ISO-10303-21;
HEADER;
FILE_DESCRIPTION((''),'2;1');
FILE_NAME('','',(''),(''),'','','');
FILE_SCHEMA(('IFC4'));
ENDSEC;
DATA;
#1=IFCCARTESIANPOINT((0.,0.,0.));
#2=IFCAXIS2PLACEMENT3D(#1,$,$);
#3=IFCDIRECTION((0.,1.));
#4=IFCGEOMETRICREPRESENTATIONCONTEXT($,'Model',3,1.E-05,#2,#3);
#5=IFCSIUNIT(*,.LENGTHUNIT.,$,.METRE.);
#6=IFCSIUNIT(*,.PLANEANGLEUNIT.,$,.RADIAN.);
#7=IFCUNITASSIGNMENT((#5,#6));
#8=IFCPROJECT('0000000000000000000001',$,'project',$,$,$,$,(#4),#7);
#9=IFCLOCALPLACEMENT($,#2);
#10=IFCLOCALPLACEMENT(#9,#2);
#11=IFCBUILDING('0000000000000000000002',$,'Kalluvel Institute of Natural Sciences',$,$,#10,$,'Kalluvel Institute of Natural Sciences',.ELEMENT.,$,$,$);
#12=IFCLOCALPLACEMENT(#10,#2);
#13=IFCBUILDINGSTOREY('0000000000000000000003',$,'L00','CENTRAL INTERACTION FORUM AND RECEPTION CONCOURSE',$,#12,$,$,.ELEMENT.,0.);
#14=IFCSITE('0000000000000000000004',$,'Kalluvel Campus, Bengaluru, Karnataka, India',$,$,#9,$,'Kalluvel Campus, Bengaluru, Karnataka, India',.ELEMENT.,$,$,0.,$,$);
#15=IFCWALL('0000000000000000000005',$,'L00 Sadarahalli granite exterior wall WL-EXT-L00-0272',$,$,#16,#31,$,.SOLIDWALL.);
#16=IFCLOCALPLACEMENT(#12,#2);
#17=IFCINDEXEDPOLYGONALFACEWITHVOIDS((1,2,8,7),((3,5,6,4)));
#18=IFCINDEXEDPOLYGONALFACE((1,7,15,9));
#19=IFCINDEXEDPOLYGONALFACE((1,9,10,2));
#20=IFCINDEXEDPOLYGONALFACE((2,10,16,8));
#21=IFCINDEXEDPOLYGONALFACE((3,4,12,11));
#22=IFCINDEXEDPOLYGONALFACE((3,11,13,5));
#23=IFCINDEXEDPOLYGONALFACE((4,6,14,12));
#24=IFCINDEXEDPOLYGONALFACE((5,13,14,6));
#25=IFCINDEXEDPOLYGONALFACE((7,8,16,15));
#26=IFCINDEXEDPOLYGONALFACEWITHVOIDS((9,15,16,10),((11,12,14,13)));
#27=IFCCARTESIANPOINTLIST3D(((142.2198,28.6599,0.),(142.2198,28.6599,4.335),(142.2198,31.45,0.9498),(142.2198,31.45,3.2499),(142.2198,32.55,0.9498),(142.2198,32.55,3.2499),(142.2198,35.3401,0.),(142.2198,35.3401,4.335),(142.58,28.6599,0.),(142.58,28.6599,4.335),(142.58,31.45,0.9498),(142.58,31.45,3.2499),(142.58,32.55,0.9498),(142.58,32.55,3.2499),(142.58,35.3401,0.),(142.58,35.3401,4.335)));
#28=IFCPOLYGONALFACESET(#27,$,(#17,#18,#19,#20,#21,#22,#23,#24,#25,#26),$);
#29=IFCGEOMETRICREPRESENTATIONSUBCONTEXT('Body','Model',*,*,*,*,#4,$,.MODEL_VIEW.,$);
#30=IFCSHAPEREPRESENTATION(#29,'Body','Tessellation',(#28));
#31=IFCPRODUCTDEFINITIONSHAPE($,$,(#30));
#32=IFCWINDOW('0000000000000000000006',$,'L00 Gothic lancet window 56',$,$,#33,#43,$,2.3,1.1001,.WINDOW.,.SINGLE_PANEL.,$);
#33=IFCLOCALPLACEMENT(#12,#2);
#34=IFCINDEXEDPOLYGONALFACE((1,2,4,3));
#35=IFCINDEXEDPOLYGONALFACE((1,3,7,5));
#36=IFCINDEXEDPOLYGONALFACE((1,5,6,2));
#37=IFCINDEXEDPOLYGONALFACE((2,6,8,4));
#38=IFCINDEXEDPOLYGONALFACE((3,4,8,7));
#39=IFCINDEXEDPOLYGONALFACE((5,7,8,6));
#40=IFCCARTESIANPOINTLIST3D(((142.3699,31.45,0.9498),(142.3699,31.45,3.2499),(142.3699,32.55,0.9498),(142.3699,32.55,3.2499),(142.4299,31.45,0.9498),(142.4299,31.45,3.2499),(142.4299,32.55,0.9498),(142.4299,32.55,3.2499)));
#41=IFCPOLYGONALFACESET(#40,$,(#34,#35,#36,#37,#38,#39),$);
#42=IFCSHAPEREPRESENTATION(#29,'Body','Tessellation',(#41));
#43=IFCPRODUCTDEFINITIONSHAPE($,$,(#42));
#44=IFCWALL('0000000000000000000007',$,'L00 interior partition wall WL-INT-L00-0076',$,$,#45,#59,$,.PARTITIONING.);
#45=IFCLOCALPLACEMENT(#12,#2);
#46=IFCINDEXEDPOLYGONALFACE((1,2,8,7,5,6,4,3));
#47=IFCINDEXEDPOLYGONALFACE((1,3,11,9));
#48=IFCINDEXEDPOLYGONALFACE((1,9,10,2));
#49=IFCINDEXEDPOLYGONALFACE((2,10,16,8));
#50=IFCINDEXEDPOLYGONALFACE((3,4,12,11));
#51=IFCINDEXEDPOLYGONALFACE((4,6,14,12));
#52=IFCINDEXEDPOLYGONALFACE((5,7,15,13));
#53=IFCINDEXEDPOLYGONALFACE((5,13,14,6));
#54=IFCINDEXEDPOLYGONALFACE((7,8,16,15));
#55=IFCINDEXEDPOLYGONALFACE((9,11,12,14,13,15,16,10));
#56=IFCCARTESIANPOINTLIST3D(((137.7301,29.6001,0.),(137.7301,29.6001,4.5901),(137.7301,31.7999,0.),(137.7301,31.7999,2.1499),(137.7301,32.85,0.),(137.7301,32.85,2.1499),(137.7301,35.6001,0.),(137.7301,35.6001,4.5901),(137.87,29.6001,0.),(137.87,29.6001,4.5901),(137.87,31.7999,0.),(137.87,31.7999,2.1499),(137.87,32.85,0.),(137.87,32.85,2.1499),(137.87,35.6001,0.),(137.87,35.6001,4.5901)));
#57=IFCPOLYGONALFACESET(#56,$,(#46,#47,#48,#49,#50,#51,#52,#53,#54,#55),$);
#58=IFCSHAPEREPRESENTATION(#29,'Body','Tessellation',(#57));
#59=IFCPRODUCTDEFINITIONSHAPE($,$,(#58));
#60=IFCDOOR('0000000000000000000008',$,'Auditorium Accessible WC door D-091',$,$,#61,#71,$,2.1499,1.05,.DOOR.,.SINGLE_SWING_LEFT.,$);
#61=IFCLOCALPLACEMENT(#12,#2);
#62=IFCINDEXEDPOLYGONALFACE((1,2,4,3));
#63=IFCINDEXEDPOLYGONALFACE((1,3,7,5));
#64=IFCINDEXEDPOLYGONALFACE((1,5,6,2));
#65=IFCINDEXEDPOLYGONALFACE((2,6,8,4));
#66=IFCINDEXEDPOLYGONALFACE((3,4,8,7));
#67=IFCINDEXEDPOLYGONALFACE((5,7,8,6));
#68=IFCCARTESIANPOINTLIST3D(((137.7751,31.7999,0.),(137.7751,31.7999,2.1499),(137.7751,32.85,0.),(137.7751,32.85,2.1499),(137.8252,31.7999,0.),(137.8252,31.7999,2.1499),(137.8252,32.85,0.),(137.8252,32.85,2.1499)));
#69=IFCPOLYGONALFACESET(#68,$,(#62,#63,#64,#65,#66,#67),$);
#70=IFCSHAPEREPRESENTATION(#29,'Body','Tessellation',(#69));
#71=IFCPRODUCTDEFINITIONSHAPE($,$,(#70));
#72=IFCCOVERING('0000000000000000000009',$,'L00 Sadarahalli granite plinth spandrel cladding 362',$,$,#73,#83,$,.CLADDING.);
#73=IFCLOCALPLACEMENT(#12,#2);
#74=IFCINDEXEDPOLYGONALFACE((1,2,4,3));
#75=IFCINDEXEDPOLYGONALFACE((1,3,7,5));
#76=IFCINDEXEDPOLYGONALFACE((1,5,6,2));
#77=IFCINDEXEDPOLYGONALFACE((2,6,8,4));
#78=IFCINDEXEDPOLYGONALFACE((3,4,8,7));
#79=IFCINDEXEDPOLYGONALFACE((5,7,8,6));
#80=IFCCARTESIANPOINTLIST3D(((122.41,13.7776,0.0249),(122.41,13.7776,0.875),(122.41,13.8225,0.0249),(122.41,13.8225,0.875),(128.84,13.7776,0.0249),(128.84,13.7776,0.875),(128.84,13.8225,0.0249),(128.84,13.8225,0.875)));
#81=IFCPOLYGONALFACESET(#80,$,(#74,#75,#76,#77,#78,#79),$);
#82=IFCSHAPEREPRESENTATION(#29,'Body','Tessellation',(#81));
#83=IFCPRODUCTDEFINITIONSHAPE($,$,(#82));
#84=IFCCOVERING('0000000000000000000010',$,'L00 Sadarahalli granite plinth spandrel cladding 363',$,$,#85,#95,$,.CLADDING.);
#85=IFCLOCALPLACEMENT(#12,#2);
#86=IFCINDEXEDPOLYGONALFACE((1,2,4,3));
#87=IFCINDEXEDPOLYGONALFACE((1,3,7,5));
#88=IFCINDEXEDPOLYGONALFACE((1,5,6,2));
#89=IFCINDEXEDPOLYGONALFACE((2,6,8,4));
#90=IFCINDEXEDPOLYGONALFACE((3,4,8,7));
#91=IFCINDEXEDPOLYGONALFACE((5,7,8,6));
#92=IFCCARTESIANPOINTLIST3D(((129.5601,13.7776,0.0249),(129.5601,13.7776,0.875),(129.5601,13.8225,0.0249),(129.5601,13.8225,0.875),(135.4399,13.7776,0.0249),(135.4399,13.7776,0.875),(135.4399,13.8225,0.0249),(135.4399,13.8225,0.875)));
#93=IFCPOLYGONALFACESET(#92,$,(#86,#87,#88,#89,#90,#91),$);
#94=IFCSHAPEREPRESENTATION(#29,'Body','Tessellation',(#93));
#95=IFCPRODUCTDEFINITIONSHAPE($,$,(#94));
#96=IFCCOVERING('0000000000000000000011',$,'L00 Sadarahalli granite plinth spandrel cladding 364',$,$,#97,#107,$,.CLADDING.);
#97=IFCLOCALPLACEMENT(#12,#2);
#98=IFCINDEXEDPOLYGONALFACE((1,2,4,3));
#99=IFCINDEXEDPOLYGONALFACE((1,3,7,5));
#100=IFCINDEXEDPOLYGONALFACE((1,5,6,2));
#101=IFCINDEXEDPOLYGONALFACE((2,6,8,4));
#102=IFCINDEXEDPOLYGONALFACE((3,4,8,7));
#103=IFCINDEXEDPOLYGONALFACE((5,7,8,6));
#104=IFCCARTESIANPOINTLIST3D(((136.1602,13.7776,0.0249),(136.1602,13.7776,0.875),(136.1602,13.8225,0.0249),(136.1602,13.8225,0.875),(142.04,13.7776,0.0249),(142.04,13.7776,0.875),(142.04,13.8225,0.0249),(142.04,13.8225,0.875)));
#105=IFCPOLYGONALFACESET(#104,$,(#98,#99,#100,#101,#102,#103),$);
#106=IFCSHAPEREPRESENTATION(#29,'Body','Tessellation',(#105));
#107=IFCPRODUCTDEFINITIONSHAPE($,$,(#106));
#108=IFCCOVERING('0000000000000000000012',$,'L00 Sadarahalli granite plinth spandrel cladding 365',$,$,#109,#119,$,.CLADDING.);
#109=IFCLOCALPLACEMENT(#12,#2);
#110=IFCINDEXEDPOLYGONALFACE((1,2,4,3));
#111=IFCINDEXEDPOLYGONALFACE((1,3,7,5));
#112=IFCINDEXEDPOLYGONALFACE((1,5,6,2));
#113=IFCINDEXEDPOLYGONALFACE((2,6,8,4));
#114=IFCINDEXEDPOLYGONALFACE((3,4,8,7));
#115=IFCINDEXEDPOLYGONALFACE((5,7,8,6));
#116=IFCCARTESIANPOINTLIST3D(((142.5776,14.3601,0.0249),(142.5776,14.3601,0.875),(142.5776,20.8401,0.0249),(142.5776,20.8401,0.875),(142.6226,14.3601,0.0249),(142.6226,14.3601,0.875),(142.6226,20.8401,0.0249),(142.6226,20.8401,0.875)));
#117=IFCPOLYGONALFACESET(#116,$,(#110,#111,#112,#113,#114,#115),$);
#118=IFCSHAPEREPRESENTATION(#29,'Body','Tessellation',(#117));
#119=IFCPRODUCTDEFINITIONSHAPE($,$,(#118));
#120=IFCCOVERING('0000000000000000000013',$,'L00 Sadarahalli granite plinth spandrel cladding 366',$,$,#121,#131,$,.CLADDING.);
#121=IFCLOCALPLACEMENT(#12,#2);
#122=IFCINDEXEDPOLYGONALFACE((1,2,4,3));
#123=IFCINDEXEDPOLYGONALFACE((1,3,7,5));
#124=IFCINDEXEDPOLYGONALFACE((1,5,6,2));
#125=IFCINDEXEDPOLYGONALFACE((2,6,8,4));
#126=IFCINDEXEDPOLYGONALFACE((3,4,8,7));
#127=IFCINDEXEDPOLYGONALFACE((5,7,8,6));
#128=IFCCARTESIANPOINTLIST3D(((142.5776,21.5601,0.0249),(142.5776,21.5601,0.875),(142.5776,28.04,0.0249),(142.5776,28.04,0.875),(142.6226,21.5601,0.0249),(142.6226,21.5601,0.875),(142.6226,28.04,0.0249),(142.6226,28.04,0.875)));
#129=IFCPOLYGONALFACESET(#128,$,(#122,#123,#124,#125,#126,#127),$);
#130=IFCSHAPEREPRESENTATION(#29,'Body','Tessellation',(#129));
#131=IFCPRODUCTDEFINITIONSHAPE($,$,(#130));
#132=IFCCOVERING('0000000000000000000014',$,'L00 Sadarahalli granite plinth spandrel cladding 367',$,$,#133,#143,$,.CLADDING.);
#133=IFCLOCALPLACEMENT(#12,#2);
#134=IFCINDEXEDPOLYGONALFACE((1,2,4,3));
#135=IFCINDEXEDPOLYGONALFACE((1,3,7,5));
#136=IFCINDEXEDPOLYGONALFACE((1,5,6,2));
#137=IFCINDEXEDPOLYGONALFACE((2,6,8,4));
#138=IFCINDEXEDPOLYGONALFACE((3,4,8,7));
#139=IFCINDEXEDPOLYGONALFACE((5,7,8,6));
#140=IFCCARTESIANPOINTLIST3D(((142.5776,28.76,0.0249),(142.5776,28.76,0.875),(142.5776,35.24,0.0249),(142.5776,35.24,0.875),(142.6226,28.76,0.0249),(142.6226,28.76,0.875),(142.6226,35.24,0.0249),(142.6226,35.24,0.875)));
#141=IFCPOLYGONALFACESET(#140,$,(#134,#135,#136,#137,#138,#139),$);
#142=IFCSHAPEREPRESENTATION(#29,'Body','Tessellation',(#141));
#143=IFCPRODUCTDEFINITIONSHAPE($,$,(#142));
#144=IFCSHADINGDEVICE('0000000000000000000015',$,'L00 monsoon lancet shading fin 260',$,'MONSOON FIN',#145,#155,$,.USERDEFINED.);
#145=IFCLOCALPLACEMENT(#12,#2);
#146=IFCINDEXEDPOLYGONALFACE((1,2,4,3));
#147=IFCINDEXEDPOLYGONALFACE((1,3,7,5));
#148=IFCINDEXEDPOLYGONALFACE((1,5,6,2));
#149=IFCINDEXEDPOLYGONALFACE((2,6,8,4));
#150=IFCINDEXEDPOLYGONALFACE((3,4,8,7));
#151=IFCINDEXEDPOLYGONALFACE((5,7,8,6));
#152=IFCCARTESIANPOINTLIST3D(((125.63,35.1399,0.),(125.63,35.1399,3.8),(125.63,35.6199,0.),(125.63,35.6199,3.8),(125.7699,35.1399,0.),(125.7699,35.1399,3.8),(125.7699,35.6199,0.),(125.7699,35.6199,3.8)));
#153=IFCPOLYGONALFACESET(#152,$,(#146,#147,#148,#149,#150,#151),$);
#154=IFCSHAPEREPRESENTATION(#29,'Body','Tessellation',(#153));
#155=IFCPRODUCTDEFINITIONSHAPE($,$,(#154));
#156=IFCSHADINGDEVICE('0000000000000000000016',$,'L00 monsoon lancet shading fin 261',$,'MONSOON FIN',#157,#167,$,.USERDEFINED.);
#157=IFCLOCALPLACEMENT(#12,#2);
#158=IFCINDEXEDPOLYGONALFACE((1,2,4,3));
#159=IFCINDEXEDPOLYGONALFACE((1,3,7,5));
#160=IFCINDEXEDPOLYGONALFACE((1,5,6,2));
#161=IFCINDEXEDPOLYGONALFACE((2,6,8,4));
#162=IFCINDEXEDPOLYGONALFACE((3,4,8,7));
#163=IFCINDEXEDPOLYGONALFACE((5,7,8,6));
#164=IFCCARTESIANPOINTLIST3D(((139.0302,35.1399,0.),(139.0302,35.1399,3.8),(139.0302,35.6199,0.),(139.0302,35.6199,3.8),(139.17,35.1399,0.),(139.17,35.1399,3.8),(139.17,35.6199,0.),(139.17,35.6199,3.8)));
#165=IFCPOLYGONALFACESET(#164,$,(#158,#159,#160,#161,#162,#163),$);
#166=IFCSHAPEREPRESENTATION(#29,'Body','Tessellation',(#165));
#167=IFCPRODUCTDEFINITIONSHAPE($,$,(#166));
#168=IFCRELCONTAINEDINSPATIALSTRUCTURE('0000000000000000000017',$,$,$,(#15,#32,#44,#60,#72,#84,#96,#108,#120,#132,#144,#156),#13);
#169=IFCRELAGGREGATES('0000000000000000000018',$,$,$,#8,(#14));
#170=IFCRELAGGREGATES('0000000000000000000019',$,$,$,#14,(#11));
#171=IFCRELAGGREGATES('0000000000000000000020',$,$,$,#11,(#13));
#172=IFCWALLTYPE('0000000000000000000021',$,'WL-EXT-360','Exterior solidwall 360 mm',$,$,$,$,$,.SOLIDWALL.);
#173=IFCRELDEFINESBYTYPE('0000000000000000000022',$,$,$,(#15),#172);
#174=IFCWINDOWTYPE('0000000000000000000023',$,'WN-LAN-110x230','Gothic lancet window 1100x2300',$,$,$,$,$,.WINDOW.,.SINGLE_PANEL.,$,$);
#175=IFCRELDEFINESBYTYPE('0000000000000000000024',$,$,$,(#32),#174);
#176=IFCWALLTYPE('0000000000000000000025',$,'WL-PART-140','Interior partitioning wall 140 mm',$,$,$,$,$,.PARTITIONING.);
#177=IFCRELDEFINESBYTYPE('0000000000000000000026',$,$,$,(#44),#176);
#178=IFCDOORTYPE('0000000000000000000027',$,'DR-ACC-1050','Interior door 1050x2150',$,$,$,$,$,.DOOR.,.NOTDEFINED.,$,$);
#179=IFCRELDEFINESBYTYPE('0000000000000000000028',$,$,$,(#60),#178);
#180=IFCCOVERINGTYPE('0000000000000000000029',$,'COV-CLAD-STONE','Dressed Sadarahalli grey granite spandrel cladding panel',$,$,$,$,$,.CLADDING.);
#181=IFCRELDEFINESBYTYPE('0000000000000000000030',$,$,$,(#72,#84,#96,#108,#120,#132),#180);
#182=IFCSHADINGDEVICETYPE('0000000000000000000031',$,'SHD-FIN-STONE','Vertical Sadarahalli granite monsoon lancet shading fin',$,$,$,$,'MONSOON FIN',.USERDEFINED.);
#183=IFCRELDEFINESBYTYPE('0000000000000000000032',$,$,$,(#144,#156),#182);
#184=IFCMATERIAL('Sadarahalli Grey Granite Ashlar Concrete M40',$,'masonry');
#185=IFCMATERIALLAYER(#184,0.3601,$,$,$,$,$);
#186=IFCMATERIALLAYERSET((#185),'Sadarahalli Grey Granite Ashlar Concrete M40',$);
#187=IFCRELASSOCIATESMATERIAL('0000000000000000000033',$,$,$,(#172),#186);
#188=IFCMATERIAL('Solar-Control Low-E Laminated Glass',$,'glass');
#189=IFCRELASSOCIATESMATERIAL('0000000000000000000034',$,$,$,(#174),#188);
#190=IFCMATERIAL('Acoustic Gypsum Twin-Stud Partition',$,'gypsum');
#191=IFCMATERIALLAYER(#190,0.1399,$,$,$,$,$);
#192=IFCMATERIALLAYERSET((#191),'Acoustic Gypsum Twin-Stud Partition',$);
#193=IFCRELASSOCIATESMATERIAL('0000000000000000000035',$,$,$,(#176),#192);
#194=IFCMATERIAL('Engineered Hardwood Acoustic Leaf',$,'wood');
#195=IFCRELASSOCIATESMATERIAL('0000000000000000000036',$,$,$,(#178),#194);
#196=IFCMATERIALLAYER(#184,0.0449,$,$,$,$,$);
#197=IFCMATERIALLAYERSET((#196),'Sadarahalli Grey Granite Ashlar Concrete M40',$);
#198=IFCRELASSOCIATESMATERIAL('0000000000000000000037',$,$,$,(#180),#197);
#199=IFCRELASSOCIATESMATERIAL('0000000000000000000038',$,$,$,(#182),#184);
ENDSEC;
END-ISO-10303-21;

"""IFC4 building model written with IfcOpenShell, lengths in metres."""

from ifc_helpers import new_model, si_unit, direction, frame, frame_2d, origin, origin_2d, place, context, subcontext, project, spatial, rectangle, extrude, material, layer, layer_set, type_object, element, fill, save


model = new_model("IFC4")

# Units and contexts
model_context = context("Model", 3, precision=1e-05, world=origin(), true_north=direction((0.0, 1.0)))
body_context = subcontext(model_context, "Body", "Model", "MODEL_VIEW")
ifc_project = project(units=[si_unit("LENGTHUNIT", "METRE"), si_unit("PLANEANGLEUNIT", "RADIAN")], contexts=[model_context])

# Site, building, storey
site_placement = place(None, origin())
site = spatial("IfcSite", under=ifc_project, at=site_placement, Name="Kalluvel Campus, Bengaluru, Karnataka, India", LongName="Kalluvel Campus, Bengaluru, Karnataka, India", CompositionType="ELEMENT", RefElevation=0.0)
building_placement = place(site_placement, origin())
building = spatial("IfcBuilding", under=site, at=building_placement, Name="Kalluvel Institute of Natural Sciences", LongName="Kalluvel Institute of Natural Sciences", CompositionType="ELEMENT")
storey_placement = place(building_placement, origin())
storey = spatial("IfcBuildingStorey", under=building, at=storey_placement, Name="L00", Description="CENTRAL INTERACTION FORUM AND RECEPTION CONCOURSE", CompositionType="ELEMENT", Elevation=0.0)

# Shared definitions
ifc_material_1 = material(Name="Sadarahalli Grey Granite Ashlar Concrete M40", Category="masonry")
ifc_layer_1 = layer(ifc_material_1, 0.3601)
ifc_layer_set_1 = layer_set([ifc_layer_1], Name="Sadarahalli Grey Granite Ashlar Concrete M40")
wall_type_1 = type_object("IfcWallType", Name="WL-EXT-360", Description="Exterior solidwall 360 mm", PredefinedType="SOLIDWALL", material=ifc_layer_set_1)

# Wall, opening, window
wall_1_placement = place(storey_placement, frame((142.3999, 28.6599, 0.0), z_axis=(0.0, 0.0, 1.0), x_axis=(0.0, 1.0, 0.0)))
wall_1 = element("IfcWall", 1, at=wall_1_placement, inside=storey, type_object=wall_type_1, Name="L00 Sadarahalli granite exterior wall WL-EXT-L00-0272", PredefinedType="SOLIDWALL", context=body_context, shape_type="SweptSolid", body=[
    extrude(rectangle(XDim=6.6802, YDim=0.3601, at=frame_2d((3.3401, 0.0))), origin(), (0.0, 0.0, 1.0), 4.335),
])
opening_1_placement = place(wall_1_placement, frame((2.79, 0.0, 0.95)))
opening_1 = element("IfcOpeningElement", 2, at=opening_1_placement, cuts=wall_1, PredefinedType="OPENING", context=body_context, shape_type="SweptSolid", body=[
    extrude(rectangle(XDim=1.1001, YDim=2.3, at=frame_2d((0.55, 1.1499))), frame((0.0, 0.1899, 0.0), z_axis=(0.0, -1.0, 0.0), x_axis=(1.0, 0.0, 0.0)), (0.0, 0.0, 1.0), 0.3801),
])
ifc_material_2 = material(Name="Solar-Control Low-E Laminated Glass", Category="glass")
window_type = type_object("IfcWindowType", Name="WN-LAN-110x230", Description="Gothic lancet window 1100x2300", PartitioningType="SINGLE_PANEL", PredefinedType="WINDOW", material=ifc_material_2)
window_placement = place(opening_1_placement, origin())
window = element("IfcWindow", 3, at=window_placement, inside=storey, type_object=window_type, Name="L00 Gothic lancet window 56", OverallHeight=2.3, OverallWidth=1.1001, PartitioningType="SINGLE_PANEL", PredefinedType="WINDOW", context=body_context, shape_type="SweptSolid", body=[
    extrude(rectangle(XDim=1.1001, YDim=2.3, at=frame_2d((0.55, 1.1499))), frame((0.0, 0.03, 0.0), z_axis=(0.0, -1.0, 0.0), x_axis=(1.0, 0.0, 0.0)), (0.0, 0.0, 1.0), 0.0601),
])
fill(opening_1, window)

# Wall, opening, door
ifc_material_3 = material(Name="Acoustic Gypsum Twin-Stud Partition", Category="gypsum")
ifc_layer_2 = layer(ifc_material_3, 0.1399)
ifc_layer_set_2 = layer_set([ifc_layer_2], Name="Acoustic Gypsum Twin-Stud Partition")
wall_type_2 = type_object("IfcWallType", Name="WL-PART-140", Description="Interior partitioning wall 140 mm", PredefinedType="PARTITIONING", material=ifc_layer_set_2)
wall_2_placement = place(storey_placement, frame((137.8, 29.6001, 0.0), z_axis=(0.0, 0.0, 1.0), x_axis=(0.0, 1.0, 0.0)))
wall_2 = element("IfcWall", 4, at=wall_2_placement, inside=storey, type_object=wall_type_2, Name="L00 interior partition wall WL-INT-L00-0076", PredefinedType="PARTITIONING", context=body_context, shape_type="SweptSolid", body=[
    extrude(rectangle(XDim=6.0, YDim=0.1399, at=frame_2d((3.0, 0.0))), origin(), (0.0, 0.0, 1.0), 4.5901),
])
opening_2_placement = place(wall_2_placement, frame((2.2, 0.0, 0.0)))
opening_2 = element("IfcOpeningElement", 5, at=opening_2_placement, cuts=wall_2, PredefinedType="OPENING", context=body_context, shape_type="SweptSolid", body=[
    extrude(rectangle(XDim=1.05, YDim=2.1499, at=frame_2d((0.5249, 1.075))), frame((0.0, 0.0798, 0.0), z_axis=(0.0, -1.0, 0.0), x_axis=(1.0, 0.0, 0.0)), (0.0, 0.0, 1.0), 0.1599),
])
ifc_material_4 = material(Name="Engineered Hardwood Acoustic Leaf", Category="wood")
door_type = type_object("IfcDoorType", Name="DR-ACC-1050", Description="Interior door 1050x2150", OperationType="NOTDEFINED", PredefinedType="DOOR", material=ifc_material_4)
door_placement = place(opening_2_placement, origin())
door = element("IfcDoor", 6, at=door_placement, inside=storey, type_object=door_type, Name="Auditorium Accessible WC door D-091", OperationType="SINGLE_SWING_LEFT", OverallHeight=2.1499, OverallWidth=1.05, PredefinedType="DOOR", context=body_context, shape_type="SweptSolid", body=[
    extrude(rectangle(XDim=1.05, YDim=2.1499, at=frame_2d((0.5249, 1.075))), frame((0.0, 0.0249, 0.0), z_axis=(0.0, -1.0, 0.0), x_axis=(1.0, 0.0, 0.0)), (0.0, 0.0, 1.0), 0.05),
])
fill(opening_2, door)

# Coverings
ifc_layer_3 = layer(ifc_material_1, 0.0449)
ifc_layer_set_3 = layer_set([ifc_layer_3], Name="Sadarahalli Grey Granite Ashlar Concrete M40")
covering_type = type_object("IfcCoveringType", Name="COV-CLAD-STONE", Description="Dressed Sadarahalli grey granite spandrel cladding panel", PredefinedType="CLADDING", material=ifc_layer_set_3)
covering_placement = place(storey_placement, frame((125.625, 13.8, 0.0249), z_axis=(0.0, 0.0, 1.0), x_axis=(1.0, 0.0, 0.0)))
element("IfcCovering", 7, at=covering_placement, inside=storey, type_object=covering_type, Name="L00 Sadarahalli granite plinth spandrel cladding 362", PredefinedType="CLADDING", context=body_context, shape_type="SweptSolid", body=[
    extrude(rectangle(XDim=6.4299, YDim=0.0449, at=origin_2d()), origin(), (0.0, 0.0, 1.0), 0.8501),
])
for number, where, z_axis, x_axis, name in (
    (8, (132.5, 13.8, 0.0249), (0.0, 0.0, 1.0), (1.0, 0.0, 0.0), "L00 Sadarahalli granite plinth spandrel cladding 363"),
    (9, (139.1001, 13.8, 0.0249), (0.0, 0.0, 1.0), (1.0, 0.0, 0.0), "L00 Sadarahalli granite plinth spandrel cladding 364"),
):
    element("IfcCovering", number, at=place(storey_placement, frame(where, z_axis=z_axis, x_axis=x_axis)), inside=storey, type_object=covering_type, Name=name, PredefinedType="CLADDING", context=body_context, shape_type="SweptSolid", body=[
        extrude(rectangle(XDim=5.8799, YDim=0.0449, at=origin_2d()), origin(), (0.0, 0.0, 1.0), 0.8501),
    ])
for number, where, z_axis, x_axis, name in (
    (10, (142.6001, 17.6001, 0.0249), (0.0, 0.0, 1.0), (0.0, 1.0, 0.0), "L00 Sadarahalli granite plinth spandrel cladding 365"),
    (11, (142.6001, 24.8, 0.0249), (0.0, 0.0, 1.0), (0.0, 1.0, 0.0), "L00 Sadarahalli granite plinth spandrel cladding 366"),
    (12, (142.6001, 32.0, 0.0249), (0.0, 0.0, 1.0), (0.0, 1.0, 0.0), "L00 Sadarahalli granite plinth spandrel cladding 367"),
):
    element("IfcCovering", number, at=place(storey_placement, frame(where, z_axis=z_axis, x_axis=x_axis)), inside=storey, type_object=covering_type, Name=name, PredefinedType="CLADDING", context=body_context, shape_type="SweptSolid", body=[
        extrude(rectangle(XDim=6.48, YDim=0.0449, at=origin_2d()), origin(), (0.0, 0.0, 1.0), 0.8501),
    ])

# Shading devices
shading_device_type = type_object("IfcShadingDeviceType", Name="SHD-FIN-STONE", Description="Vertical Sadarahalli granite monsoon lancet shading fin", ElementType="MONSOON FIN", PredefinedType="USERDEFINED", material=ifc_material_1)
for number, where, z_axis, x_axis, name in (
    (13, (125.7, 35.3799, 0.0), (0.0, 0.0, 1.0), (1.0, 0.0, 0.0), "L00 monsoon lancet shading fin 260"),
    (14, (139.1001, 35.3799, 0.0), (0.0, 0.0, 1.0), (1.0, 0.0, 0.0), "L00 monsoon lancet shading fin 261"),
):
    element("IfcShadingDevice", number, at=place(storey_placement, frame(where, z_axis=z_axis, x_axis=x_axis)), inside=storey, type_object=shading_device_type, Name=name, ObjectType="MONSOON FIN", PredefinedType="USERDEFINED", context=body_context, shape_type="SweptSolid", body=[
        extrude(rectangle(XDim=0.1399, YDim=0.48, at=origin_2d()), origin(), (0.0, 0.0, 1.0), 3.8),
    ])

save(model, "model.ifc")
